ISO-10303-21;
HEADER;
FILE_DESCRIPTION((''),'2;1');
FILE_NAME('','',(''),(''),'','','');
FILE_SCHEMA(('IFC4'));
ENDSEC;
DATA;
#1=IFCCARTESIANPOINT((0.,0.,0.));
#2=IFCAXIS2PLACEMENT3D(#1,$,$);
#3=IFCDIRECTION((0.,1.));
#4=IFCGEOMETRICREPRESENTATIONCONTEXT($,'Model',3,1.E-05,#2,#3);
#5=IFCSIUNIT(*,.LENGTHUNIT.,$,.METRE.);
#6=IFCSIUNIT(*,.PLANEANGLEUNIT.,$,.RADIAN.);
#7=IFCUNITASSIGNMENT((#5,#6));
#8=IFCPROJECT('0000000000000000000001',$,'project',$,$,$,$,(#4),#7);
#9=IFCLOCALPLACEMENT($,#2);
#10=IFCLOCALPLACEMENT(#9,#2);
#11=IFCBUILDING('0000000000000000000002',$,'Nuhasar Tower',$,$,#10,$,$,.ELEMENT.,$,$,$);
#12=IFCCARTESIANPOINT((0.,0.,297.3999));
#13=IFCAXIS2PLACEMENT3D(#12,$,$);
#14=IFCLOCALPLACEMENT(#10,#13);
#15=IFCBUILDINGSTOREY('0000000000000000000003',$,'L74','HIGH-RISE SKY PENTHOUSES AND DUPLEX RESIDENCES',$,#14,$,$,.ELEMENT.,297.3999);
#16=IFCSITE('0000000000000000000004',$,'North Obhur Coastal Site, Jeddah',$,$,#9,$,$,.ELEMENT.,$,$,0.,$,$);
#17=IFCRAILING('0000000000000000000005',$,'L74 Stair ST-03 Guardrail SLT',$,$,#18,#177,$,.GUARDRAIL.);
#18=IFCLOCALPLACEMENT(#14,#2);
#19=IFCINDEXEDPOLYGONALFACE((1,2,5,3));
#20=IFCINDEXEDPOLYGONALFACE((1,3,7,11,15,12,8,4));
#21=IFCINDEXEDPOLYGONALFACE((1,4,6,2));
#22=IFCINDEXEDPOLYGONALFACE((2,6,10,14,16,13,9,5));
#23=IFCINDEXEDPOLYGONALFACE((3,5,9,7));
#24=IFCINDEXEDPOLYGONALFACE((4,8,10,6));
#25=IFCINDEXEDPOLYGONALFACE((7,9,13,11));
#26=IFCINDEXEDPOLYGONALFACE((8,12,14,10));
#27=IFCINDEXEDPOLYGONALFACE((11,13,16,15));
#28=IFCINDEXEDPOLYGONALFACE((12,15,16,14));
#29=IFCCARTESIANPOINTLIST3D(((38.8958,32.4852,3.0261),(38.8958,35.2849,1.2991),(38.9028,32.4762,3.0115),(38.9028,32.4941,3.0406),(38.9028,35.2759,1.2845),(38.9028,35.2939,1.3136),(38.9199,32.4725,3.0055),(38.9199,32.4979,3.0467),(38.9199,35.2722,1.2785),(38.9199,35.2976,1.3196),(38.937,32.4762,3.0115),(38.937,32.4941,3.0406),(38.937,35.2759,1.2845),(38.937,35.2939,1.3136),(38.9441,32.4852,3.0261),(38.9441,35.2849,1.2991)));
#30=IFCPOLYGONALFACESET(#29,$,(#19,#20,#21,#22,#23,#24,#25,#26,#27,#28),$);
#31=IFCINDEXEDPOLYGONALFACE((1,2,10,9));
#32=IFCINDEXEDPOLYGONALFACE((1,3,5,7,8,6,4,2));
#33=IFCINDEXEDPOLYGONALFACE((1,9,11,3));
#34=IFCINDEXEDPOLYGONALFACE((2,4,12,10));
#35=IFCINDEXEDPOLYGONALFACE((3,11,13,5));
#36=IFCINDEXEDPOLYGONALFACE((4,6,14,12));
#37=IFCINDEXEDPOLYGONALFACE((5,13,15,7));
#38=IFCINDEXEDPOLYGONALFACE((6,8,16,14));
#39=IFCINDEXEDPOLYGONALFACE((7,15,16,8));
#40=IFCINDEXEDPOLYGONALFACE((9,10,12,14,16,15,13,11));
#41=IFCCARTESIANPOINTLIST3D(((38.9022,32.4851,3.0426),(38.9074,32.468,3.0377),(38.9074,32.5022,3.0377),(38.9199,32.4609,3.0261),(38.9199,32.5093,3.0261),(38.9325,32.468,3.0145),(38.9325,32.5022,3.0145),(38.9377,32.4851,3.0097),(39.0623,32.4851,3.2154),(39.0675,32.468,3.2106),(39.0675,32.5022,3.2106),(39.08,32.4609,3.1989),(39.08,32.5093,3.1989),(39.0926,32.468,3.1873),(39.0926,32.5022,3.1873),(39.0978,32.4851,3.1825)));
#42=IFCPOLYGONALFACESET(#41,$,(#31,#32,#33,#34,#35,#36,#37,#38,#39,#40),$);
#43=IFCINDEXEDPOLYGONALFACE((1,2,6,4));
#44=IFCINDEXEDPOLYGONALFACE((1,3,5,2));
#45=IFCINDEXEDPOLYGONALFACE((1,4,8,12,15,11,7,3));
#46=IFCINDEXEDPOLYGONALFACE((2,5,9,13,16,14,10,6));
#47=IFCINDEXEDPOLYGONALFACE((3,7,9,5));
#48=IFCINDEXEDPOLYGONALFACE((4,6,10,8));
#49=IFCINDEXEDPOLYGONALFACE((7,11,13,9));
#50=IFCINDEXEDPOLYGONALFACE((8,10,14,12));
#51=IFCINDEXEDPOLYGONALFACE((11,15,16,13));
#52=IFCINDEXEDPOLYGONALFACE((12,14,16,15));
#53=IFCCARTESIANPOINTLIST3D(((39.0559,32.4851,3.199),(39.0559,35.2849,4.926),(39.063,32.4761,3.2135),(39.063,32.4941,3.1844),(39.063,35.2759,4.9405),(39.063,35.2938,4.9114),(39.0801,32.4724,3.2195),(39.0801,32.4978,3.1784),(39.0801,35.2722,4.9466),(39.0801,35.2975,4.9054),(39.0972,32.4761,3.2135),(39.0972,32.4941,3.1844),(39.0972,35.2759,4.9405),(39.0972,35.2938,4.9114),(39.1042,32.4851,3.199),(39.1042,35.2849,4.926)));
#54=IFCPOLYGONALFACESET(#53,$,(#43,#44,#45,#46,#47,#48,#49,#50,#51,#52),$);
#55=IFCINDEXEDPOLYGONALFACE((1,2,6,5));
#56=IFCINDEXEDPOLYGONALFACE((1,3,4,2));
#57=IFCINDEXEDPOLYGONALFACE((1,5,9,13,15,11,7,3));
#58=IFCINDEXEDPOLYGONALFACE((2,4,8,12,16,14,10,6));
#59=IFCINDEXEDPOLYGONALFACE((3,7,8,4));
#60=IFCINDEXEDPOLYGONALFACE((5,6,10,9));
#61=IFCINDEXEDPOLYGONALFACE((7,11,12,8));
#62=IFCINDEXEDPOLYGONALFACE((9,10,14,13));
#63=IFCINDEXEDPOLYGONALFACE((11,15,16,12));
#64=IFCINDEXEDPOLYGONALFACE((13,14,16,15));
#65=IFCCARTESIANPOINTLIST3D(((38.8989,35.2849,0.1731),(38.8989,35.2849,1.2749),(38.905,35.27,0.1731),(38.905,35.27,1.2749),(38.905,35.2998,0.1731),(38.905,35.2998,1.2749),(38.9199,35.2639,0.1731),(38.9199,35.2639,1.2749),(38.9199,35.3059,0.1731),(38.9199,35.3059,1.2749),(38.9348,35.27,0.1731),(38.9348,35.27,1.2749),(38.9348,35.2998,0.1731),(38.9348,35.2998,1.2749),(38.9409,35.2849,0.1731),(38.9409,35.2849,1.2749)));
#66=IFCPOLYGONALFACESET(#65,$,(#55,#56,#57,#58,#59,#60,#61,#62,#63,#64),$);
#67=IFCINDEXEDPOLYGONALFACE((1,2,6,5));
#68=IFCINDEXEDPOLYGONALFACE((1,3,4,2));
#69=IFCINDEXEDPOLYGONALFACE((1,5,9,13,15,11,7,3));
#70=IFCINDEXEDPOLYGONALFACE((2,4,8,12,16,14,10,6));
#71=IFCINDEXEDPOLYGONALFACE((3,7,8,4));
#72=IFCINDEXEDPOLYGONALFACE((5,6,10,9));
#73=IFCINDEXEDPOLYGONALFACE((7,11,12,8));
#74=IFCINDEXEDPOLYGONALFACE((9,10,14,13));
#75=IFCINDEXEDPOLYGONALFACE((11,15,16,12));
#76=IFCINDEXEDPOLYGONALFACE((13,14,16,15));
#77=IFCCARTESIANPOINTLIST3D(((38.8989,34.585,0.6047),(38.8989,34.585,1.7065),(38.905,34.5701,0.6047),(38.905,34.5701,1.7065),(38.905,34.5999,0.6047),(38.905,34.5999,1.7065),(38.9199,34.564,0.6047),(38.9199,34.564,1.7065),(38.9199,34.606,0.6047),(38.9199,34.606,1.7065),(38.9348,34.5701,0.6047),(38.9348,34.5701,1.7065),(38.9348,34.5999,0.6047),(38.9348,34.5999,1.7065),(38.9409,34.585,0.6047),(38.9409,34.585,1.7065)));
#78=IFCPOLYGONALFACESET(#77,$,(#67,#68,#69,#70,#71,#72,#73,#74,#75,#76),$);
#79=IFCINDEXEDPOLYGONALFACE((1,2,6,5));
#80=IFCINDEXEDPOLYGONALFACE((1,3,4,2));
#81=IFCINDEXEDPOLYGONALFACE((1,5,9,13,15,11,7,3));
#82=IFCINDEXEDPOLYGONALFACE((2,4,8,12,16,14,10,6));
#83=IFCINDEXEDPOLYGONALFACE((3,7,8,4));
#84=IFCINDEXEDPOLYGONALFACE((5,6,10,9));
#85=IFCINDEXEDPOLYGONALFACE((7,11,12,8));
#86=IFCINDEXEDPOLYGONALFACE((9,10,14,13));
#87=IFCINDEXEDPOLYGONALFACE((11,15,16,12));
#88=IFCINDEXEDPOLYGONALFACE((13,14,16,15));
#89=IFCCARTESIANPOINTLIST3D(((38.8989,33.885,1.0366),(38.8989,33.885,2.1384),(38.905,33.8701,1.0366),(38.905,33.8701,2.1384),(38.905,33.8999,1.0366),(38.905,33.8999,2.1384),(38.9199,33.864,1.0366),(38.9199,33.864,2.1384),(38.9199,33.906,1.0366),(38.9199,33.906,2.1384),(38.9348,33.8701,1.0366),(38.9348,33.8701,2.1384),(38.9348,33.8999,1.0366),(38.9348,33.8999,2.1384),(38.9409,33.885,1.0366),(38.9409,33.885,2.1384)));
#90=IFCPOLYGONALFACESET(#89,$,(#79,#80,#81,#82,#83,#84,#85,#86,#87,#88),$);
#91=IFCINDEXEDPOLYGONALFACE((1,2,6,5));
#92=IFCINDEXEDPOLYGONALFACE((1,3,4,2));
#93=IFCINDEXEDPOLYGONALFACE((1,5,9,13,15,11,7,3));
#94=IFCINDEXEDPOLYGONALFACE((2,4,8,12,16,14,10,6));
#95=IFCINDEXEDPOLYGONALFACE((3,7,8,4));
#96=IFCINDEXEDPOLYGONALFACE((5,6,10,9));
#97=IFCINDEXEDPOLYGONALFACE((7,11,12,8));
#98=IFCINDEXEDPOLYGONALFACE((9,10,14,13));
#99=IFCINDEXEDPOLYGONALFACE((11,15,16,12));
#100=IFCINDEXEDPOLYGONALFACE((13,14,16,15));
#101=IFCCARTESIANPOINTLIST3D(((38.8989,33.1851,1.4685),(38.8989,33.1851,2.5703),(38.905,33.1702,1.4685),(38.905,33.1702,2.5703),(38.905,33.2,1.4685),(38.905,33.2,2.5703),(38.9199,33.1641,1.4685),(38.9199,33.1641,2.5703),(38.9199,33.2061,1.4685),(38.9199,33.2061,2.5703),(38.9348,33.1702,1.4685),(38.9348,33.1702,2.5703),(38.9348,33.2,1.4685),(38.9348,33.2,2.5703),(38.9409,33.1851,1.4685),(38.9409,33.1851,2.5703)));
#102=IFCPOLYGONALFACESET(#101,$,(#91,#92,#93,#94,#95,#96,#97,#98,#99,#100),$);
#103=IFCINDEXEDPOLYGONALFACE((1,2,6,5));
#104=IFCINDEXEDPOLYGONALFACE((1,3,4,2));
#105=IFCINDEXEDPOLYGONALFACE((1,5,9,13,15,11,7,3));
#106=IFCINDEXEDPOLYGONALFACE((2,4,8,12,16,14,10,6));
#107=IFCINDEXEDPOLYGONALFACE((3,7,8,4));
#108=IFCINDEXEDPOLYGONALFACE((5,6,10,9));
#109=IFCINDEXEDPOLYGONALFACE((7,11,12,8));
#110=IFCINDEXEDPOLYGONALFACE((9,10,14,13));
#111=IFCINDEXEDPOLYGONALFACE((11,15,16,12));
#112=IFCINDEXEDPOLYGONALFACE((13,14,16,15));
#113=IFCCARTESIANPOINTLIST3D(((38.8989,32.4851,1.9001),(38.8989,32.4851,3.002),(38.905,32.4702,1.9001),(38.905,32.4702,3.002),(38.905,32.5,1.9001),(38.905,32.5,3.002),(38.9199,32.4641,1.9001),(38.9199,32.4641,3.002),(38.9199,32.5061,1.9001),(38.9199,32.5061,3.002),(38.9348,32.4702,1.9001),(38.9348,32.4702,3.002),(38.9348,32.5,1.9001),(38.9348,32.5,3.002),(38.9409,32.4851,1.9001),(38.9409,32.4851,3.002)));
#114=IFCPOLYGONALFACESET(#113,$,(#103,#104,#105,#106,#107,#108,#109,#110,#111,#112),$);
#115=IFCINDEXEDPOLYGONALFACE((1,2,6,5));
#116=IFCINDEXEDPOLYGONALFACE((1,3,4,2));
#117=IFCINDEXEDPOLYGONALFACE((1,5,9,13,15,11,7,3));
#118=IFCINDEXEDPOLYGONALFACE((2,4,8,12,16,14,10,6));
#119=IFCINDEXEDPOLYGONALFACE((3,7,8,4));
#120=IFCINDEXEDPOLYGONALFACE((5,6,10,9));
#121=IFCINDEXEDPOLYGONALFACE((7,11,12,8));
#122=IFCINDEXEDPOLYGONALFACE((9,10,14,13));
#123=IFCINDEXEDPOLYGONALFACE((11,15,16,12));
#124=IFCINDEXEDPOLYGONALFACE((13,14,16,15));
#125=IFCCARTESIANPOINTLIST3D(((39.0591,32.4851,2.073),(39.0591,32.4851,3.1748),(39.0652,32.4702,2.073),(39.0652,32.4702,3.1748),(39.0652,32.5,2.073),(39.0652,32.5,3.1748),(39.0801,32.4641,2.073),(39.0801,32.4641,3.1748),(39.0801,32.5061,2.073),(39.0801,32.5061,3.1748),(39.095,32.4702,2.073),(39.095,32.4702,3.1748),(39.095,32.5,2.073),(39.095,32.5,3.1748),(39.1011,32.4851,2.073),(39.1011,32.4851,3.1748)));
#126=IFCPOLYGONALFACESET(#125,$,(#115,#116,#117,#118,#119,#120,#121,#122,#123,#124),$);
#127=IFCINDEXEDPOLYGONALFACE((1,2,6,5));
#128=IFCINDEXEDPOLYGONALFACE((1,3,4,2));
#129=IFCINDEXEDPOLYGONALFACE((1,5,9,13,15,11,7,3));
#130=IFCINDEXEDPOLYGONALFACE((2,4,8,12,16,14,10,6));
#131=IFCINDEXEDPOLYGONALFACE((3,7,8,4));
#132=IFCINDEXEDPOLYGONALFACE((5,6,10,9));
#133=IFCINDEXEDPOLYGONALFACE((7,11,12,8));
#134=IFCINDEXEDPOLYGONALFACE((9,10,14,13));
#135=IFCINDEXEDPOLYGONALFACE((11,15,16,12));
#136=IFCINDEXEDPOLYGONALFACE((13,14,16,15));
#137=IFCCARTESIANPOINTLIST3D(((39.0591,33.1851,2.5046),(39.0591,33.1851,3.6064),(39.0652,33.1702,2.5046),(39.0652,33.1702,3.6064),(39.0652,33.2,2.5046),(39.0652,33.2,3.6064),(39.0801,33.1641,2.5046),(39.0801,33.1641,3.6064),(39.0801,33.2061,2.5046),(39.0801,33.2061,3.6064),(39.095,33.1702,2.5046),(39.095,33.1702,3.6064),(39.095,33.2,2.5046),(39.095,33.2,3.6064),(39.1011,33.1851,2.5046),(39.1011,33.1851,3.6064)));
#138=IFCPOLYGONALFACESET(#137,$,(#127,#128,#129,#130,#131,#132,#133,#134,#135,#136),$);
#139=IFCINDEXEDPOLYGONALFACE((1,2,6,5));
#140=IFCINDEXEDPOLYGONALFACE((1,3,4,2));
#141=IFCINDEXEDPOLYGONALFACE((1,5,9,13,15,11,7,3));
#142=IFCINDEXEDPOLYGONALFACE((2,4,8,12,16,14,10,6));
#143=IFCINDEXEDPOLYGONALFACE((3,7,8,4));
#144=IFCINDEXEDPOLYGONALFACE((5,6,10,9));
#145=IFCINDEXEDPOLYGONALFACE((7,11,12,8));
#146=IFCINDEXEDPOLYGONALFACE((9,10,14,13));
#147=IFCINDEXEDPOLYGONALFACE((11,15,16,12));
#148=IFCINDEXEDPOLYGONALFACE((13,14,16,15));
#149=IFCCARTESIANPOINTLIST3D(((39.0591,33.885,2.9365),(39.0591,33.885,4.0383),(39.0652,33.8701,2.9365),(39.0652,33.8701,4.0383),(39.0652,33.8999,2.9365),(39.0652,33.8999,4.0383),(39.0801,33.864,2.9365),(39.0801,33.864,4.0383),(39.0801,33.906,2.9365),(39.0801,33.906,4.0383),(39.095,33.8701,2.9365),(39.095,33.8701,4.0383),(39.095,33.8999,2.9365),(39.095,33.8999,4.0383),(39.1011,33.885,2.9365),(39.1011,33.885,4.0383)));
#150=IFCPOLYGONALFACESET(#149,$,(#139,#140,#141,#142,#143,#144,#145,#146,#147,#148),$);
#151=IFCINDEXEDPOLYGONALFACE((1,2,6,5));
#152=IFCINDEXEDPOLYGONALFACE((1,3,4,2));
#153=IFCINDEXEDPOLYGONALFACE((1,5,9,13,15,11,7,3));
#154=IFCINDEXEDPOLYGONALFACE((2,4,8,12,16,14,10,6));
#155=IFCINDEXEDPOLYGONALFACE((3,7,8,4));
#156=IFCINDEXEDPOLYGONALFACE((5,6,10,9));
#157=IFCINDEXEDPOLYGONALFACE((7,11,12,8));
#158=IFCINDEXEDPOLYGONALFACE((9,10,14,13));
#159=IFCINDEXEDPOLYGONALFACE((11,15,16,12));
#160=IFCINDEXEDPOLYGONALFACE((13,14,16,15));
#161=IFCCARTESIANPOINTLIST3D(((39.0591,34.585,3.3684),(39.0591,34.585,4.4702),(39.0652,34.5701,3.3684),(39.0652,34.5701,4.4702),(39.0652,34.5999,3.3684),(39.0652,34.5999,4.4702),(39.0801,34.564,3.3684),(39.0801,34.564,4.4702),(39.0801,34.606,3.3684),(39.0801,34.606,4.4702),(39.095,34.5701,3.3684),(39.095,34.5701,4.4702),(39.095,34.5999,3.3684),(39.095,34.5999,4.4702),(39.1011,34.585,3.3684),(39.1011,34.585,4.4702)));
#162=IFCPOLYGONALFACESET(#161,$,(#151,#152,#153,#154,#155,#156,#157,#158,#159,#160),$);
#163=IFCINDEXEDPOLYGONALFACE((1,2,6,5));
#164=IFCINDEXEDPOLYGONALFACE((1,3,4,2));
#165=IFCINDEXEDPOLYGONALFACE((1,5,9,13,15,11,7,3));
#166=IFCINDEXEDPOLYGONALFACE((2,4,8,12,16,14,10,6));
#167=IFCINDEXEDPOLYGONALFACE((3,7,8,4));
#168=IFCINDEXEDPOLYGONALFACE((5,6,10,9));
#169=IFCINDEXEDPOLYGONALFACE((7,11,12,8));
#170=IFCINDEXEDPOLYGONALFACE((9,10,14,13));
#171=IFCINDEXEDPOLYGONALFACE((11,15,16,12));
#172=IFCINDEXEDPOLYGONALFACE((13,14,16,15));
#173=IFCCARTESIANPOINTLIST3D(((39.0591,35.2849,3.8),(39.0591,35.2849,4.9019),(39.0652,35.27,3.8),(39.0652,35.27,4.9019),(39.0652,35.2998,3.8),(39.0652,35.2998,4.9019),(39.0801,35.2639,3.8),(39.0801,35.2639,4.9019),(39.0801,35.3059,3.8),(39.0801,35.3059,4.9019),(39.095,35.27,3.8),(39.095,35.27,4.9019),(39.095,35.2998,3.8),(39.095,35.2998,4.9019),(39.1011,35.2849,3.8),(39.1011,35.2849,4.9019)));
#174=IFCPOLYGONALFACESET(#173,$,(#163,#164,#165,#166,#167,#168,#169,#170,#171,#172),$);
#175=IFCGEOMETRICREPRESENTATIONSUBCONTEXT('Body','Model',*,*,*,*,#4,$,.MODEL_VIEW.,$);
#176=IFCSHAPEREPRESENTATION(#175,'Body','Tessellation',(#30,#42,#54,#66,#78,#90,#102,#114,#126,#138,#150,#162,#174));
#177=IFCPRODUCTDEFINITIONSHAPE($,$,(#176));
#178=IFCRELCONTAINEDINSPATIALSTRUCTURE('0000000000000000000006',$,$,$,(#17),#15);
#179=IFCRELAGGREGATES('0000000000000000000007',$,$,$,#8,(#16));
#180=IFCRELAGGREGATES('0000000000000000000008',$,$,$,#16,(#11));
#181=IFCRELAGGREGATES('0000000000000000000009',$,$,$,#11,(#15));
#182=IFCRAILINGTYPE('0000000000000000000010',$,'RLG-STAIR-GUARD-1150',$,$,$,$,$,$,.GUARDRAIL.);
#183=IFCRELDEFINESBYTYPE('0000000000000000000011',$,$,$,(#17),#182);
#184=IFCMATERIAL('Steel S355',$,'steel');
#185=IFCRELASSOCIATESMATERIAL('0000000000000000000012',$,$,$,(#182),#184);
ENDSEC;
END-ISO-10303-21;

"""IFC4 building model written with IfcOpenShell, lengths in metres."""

from ifc_helpers import new_model, si_unit, direction, frame, origin, place, context, subcontext, project, spatial, polyline, outline, extrude, material, type_object, element, save


model = new_model("IFC4")

# Units and contexts
model_context = context("Model", 3, precision=1e-05, world=origin(), true_north=direction((0.0, 1.0)))
body_context = subcontext(model_context, "Body", "Model", "MODEL_VIEW")
ifc_project = project(units=[si_unit("LENGTHUNIT", "METRE"), si_unit("PLANEANGLEUNIT", "RADIAN")], contexts=[model_context])

# Site, building, storey
site_placement = place(None, origin())
site = spatial("IfcSite", under=ifc_project, at=site_placement, Name="North Obhur Coastal Site, Jeddah", CompositionType="ELEMENT", RefElevation=0.0)
building_placement = place(site_placement, origin())
building = spatial("IfcBuilding", under=site, at=building_placement, Name="Nuhasar Tower", CompositionType="ELEMENT")
storey_placement = place(building_placement, frame((0.0, 0.0, 297.3999)))
storey = spatial("IfcBuildingStorey", under=building, at=storey_placement, Name="L74", Description="HIGH-RISE SKY PENTHOUSES AND DUPLEX RESIDENCES", CompositionType="ELEMENT", Elevation=297.3999)

# Shared definitions
ifc_material_1 = material(Name="Steel S355", Category="steel")

# Railing
railing_type_1 = type_object("IfcRailingType", Name="RLG-STAIR-GUARD-1150", PredefinedType="GUARDRAIL", material=ifc_material_1)
railing_1_placement = place(storey_placement, frame((38.9199, 35.2849, 0.1731)))
element("IfcRailing", 1, at=railing_1_placement, inside=storey, type_object=railing_type_1, Name="L74 Stair ST-03 Guardrail SLT", PredefinedType="GUARDRAIL", context=body_context, shape_type="SweptSolid", body=[
    extrude(outline(polyline([(0.0242, 0.0), (0.0171, 0.0171), (0.0, 0.0242), (-0.0171, 0.0171), (-0.0242, 0.0), (-0.0171, -0.0171), (0.0, -0.0242), (0.0171, -0.0171), (0.0242, 0.0)])), frame((0.0, 0.0, 1.126), z_axis=(0.0, -0.851102, 0.525), x_axis=(1.0, 0.0, 0.0)), (0.0, 0.0, 1.0), 3.2896),
    extrude(outline(polyline([(0.0242, 0.0), (0.0171, 0.0171), (0.0, 0.0242), (-0.0171, 0.0171), (-0.0242, 0.0), (-0.0171, -0.0171), (0.0, -0.0242), (0.0171, -0.0171), (0.0242, 0.0)])), frame((0.0, -2.7998, 2.853), z_axis=(0.679656, 0.0, 0.733531), x_axis=(0.0, 1.0, 0.0)), (0.0, 0.0, 1.0), 0.2356),
    extrude(outline(polyline([(0.0242, 0.0), (0.0171, 0.0171), (0.0, 0.0242), (-0.0171, 0.0171), (-0.0242, 0.0), (-0.0171, -0.0171), (0.0, -0.0242), (0.0171, -0.0171), (0.0242, 0.0)])), frame((0.1602, -2.7998, 3.0259), z_axis=(0.0, 0.851102, 0.525), x_axis=(-1.0, 0.0, 0.0)), (0.0, 0.0, 1.0), 3.2896),
    extrude(outline(polyline([(0.021, 0.0), (0.0149, 0.0149), (0.0, 0.021), (-0.0149, 0.0149), (-0.021, 0.0), (-0.0149, -0.0149), (0.0, -0.021), (0.0149, -0.0149), (0.021, 0.0)])), origin(), (0.0, 0.0, 1.0), 1.1018),
    extrude(outline(polyline([(0.021, 0.0), (0.0149, 0.0149), (0.0, 0.021), (-0.0149, 0.0149), (-0.021, 0.0), (-0.0149, -0.0149), (0.0, -0.021), (0.0149, -0.0149), (0.021, 0.0)])), frame((0.0, -0.7, 0.4316)), (0.0, 0.0, 1.0), 1.1018),
    extrude(outline(polyline([(0.021, 0.0), (0.0149, 0.0149), (0.0, 0.021), (-0.0149, 0.0149), (-0.021, 0.0), (-0.0149, -0.0149), (0.0, -0.021), (0.0149, -0.0149), (0.021, 0.0)])), frame((0.0, -1.3999, 0.8635)), (0.0, 0.0, 1.0), 1.1018),
    extrude(outline(polyline([(0.021, 0.0), (0.0149, 0.0149), (0.0, 0.021), (-0.0149, 0.0149), (-0.021, 0.0), (-0.0149, -0.0149), (0.0, -0.021), (0.0149, -0.0149), (0.021, 0.0)])), frame((0.0, -2.0999, 1.2954)), (0.0, 0.0, 1.0), 1.1018),
    extrude(outline(polyline([(0.021, 0.0), (0.0149, 0.0149), (0.0, 0.021), (-0.0149, 0.0149), (-0.021, 0.0), (-0.0149, -0.0149), (0.0, -0.021), (0.0149, -0.0149), (0.021, 0.0)])), frame((0.0, -2.7998, 1.7271)), (0.0, 0.0, 1.0), 1.1018),
    extrude(outline(polyline([(0.021, 0.0), (0.0149, 0.0149), (0.0, 0.021), (-0.0149, 0.0149), (-0.021, 0.0), (-0.0149, -0.0149), (0.0, -0.021), (0.0149, -0.0149), (0.021, 0.0)])), frame((0.1602, -2.7998, 1.8999)), (0.0, 0.0, 1.0), 1.1018),
    extrude(outline(polyline([(0.021, 0.0), (0.0149, 0.0149), (0.0, 0.021), (-0.0149, 0.0149), (-0.021, 0.0), (-0.0149, -0.0149), (0.0, -0.021), (0.0149, -0.0149), (0.021, 0.0)])), frame((0.1602, -2.0999, 2.3315)), (0.0, 0.0, 1.0), 1.1018),
    extrude(outline(polyline([(0.021, 0.0), (0.0149, 0.0149), (0.0, 0.021), (-0.0149, 0.0149), (-0.021, 0.0), (-0.0149, -0.0149), (0.0, -0.021), (0.0149, -0.0149), (0.021, 0.0)])), frame((0.1602, -1.3999, 2.7634)), (0.0, 0.0, 1.0), 1.1018),
    extrude(outline(polyline([(0.021, 0.0), (0.0149, 0.0149), (0.0, 0.021), (-0.0149, 0.0149), (-0.021, 0.0), (-0.0149, -0.0149), (0.0, -0.021), (0.0149, -0.0149), (0.021, 0.0)])), frame((0.1602, -0.7, 3.1953)), (0.0, 0.0, 1.0), 1.1018),
    extrude(outline(polyline([(0.021, 0.0), (0.0149, 0.0149), (0.0, 0.021), (-0.0149, 0.0149), (-0.021, 0.0), (-0.0149, -0.0149), (0.0, -0.021), (0.0149, -0.0149), (0.021, 0.0)])), frame((0.1602, 0.0, 3.627)), (0.0, 0.0, 1.0), 1.1018),
])

save(model, "model.ifc")
